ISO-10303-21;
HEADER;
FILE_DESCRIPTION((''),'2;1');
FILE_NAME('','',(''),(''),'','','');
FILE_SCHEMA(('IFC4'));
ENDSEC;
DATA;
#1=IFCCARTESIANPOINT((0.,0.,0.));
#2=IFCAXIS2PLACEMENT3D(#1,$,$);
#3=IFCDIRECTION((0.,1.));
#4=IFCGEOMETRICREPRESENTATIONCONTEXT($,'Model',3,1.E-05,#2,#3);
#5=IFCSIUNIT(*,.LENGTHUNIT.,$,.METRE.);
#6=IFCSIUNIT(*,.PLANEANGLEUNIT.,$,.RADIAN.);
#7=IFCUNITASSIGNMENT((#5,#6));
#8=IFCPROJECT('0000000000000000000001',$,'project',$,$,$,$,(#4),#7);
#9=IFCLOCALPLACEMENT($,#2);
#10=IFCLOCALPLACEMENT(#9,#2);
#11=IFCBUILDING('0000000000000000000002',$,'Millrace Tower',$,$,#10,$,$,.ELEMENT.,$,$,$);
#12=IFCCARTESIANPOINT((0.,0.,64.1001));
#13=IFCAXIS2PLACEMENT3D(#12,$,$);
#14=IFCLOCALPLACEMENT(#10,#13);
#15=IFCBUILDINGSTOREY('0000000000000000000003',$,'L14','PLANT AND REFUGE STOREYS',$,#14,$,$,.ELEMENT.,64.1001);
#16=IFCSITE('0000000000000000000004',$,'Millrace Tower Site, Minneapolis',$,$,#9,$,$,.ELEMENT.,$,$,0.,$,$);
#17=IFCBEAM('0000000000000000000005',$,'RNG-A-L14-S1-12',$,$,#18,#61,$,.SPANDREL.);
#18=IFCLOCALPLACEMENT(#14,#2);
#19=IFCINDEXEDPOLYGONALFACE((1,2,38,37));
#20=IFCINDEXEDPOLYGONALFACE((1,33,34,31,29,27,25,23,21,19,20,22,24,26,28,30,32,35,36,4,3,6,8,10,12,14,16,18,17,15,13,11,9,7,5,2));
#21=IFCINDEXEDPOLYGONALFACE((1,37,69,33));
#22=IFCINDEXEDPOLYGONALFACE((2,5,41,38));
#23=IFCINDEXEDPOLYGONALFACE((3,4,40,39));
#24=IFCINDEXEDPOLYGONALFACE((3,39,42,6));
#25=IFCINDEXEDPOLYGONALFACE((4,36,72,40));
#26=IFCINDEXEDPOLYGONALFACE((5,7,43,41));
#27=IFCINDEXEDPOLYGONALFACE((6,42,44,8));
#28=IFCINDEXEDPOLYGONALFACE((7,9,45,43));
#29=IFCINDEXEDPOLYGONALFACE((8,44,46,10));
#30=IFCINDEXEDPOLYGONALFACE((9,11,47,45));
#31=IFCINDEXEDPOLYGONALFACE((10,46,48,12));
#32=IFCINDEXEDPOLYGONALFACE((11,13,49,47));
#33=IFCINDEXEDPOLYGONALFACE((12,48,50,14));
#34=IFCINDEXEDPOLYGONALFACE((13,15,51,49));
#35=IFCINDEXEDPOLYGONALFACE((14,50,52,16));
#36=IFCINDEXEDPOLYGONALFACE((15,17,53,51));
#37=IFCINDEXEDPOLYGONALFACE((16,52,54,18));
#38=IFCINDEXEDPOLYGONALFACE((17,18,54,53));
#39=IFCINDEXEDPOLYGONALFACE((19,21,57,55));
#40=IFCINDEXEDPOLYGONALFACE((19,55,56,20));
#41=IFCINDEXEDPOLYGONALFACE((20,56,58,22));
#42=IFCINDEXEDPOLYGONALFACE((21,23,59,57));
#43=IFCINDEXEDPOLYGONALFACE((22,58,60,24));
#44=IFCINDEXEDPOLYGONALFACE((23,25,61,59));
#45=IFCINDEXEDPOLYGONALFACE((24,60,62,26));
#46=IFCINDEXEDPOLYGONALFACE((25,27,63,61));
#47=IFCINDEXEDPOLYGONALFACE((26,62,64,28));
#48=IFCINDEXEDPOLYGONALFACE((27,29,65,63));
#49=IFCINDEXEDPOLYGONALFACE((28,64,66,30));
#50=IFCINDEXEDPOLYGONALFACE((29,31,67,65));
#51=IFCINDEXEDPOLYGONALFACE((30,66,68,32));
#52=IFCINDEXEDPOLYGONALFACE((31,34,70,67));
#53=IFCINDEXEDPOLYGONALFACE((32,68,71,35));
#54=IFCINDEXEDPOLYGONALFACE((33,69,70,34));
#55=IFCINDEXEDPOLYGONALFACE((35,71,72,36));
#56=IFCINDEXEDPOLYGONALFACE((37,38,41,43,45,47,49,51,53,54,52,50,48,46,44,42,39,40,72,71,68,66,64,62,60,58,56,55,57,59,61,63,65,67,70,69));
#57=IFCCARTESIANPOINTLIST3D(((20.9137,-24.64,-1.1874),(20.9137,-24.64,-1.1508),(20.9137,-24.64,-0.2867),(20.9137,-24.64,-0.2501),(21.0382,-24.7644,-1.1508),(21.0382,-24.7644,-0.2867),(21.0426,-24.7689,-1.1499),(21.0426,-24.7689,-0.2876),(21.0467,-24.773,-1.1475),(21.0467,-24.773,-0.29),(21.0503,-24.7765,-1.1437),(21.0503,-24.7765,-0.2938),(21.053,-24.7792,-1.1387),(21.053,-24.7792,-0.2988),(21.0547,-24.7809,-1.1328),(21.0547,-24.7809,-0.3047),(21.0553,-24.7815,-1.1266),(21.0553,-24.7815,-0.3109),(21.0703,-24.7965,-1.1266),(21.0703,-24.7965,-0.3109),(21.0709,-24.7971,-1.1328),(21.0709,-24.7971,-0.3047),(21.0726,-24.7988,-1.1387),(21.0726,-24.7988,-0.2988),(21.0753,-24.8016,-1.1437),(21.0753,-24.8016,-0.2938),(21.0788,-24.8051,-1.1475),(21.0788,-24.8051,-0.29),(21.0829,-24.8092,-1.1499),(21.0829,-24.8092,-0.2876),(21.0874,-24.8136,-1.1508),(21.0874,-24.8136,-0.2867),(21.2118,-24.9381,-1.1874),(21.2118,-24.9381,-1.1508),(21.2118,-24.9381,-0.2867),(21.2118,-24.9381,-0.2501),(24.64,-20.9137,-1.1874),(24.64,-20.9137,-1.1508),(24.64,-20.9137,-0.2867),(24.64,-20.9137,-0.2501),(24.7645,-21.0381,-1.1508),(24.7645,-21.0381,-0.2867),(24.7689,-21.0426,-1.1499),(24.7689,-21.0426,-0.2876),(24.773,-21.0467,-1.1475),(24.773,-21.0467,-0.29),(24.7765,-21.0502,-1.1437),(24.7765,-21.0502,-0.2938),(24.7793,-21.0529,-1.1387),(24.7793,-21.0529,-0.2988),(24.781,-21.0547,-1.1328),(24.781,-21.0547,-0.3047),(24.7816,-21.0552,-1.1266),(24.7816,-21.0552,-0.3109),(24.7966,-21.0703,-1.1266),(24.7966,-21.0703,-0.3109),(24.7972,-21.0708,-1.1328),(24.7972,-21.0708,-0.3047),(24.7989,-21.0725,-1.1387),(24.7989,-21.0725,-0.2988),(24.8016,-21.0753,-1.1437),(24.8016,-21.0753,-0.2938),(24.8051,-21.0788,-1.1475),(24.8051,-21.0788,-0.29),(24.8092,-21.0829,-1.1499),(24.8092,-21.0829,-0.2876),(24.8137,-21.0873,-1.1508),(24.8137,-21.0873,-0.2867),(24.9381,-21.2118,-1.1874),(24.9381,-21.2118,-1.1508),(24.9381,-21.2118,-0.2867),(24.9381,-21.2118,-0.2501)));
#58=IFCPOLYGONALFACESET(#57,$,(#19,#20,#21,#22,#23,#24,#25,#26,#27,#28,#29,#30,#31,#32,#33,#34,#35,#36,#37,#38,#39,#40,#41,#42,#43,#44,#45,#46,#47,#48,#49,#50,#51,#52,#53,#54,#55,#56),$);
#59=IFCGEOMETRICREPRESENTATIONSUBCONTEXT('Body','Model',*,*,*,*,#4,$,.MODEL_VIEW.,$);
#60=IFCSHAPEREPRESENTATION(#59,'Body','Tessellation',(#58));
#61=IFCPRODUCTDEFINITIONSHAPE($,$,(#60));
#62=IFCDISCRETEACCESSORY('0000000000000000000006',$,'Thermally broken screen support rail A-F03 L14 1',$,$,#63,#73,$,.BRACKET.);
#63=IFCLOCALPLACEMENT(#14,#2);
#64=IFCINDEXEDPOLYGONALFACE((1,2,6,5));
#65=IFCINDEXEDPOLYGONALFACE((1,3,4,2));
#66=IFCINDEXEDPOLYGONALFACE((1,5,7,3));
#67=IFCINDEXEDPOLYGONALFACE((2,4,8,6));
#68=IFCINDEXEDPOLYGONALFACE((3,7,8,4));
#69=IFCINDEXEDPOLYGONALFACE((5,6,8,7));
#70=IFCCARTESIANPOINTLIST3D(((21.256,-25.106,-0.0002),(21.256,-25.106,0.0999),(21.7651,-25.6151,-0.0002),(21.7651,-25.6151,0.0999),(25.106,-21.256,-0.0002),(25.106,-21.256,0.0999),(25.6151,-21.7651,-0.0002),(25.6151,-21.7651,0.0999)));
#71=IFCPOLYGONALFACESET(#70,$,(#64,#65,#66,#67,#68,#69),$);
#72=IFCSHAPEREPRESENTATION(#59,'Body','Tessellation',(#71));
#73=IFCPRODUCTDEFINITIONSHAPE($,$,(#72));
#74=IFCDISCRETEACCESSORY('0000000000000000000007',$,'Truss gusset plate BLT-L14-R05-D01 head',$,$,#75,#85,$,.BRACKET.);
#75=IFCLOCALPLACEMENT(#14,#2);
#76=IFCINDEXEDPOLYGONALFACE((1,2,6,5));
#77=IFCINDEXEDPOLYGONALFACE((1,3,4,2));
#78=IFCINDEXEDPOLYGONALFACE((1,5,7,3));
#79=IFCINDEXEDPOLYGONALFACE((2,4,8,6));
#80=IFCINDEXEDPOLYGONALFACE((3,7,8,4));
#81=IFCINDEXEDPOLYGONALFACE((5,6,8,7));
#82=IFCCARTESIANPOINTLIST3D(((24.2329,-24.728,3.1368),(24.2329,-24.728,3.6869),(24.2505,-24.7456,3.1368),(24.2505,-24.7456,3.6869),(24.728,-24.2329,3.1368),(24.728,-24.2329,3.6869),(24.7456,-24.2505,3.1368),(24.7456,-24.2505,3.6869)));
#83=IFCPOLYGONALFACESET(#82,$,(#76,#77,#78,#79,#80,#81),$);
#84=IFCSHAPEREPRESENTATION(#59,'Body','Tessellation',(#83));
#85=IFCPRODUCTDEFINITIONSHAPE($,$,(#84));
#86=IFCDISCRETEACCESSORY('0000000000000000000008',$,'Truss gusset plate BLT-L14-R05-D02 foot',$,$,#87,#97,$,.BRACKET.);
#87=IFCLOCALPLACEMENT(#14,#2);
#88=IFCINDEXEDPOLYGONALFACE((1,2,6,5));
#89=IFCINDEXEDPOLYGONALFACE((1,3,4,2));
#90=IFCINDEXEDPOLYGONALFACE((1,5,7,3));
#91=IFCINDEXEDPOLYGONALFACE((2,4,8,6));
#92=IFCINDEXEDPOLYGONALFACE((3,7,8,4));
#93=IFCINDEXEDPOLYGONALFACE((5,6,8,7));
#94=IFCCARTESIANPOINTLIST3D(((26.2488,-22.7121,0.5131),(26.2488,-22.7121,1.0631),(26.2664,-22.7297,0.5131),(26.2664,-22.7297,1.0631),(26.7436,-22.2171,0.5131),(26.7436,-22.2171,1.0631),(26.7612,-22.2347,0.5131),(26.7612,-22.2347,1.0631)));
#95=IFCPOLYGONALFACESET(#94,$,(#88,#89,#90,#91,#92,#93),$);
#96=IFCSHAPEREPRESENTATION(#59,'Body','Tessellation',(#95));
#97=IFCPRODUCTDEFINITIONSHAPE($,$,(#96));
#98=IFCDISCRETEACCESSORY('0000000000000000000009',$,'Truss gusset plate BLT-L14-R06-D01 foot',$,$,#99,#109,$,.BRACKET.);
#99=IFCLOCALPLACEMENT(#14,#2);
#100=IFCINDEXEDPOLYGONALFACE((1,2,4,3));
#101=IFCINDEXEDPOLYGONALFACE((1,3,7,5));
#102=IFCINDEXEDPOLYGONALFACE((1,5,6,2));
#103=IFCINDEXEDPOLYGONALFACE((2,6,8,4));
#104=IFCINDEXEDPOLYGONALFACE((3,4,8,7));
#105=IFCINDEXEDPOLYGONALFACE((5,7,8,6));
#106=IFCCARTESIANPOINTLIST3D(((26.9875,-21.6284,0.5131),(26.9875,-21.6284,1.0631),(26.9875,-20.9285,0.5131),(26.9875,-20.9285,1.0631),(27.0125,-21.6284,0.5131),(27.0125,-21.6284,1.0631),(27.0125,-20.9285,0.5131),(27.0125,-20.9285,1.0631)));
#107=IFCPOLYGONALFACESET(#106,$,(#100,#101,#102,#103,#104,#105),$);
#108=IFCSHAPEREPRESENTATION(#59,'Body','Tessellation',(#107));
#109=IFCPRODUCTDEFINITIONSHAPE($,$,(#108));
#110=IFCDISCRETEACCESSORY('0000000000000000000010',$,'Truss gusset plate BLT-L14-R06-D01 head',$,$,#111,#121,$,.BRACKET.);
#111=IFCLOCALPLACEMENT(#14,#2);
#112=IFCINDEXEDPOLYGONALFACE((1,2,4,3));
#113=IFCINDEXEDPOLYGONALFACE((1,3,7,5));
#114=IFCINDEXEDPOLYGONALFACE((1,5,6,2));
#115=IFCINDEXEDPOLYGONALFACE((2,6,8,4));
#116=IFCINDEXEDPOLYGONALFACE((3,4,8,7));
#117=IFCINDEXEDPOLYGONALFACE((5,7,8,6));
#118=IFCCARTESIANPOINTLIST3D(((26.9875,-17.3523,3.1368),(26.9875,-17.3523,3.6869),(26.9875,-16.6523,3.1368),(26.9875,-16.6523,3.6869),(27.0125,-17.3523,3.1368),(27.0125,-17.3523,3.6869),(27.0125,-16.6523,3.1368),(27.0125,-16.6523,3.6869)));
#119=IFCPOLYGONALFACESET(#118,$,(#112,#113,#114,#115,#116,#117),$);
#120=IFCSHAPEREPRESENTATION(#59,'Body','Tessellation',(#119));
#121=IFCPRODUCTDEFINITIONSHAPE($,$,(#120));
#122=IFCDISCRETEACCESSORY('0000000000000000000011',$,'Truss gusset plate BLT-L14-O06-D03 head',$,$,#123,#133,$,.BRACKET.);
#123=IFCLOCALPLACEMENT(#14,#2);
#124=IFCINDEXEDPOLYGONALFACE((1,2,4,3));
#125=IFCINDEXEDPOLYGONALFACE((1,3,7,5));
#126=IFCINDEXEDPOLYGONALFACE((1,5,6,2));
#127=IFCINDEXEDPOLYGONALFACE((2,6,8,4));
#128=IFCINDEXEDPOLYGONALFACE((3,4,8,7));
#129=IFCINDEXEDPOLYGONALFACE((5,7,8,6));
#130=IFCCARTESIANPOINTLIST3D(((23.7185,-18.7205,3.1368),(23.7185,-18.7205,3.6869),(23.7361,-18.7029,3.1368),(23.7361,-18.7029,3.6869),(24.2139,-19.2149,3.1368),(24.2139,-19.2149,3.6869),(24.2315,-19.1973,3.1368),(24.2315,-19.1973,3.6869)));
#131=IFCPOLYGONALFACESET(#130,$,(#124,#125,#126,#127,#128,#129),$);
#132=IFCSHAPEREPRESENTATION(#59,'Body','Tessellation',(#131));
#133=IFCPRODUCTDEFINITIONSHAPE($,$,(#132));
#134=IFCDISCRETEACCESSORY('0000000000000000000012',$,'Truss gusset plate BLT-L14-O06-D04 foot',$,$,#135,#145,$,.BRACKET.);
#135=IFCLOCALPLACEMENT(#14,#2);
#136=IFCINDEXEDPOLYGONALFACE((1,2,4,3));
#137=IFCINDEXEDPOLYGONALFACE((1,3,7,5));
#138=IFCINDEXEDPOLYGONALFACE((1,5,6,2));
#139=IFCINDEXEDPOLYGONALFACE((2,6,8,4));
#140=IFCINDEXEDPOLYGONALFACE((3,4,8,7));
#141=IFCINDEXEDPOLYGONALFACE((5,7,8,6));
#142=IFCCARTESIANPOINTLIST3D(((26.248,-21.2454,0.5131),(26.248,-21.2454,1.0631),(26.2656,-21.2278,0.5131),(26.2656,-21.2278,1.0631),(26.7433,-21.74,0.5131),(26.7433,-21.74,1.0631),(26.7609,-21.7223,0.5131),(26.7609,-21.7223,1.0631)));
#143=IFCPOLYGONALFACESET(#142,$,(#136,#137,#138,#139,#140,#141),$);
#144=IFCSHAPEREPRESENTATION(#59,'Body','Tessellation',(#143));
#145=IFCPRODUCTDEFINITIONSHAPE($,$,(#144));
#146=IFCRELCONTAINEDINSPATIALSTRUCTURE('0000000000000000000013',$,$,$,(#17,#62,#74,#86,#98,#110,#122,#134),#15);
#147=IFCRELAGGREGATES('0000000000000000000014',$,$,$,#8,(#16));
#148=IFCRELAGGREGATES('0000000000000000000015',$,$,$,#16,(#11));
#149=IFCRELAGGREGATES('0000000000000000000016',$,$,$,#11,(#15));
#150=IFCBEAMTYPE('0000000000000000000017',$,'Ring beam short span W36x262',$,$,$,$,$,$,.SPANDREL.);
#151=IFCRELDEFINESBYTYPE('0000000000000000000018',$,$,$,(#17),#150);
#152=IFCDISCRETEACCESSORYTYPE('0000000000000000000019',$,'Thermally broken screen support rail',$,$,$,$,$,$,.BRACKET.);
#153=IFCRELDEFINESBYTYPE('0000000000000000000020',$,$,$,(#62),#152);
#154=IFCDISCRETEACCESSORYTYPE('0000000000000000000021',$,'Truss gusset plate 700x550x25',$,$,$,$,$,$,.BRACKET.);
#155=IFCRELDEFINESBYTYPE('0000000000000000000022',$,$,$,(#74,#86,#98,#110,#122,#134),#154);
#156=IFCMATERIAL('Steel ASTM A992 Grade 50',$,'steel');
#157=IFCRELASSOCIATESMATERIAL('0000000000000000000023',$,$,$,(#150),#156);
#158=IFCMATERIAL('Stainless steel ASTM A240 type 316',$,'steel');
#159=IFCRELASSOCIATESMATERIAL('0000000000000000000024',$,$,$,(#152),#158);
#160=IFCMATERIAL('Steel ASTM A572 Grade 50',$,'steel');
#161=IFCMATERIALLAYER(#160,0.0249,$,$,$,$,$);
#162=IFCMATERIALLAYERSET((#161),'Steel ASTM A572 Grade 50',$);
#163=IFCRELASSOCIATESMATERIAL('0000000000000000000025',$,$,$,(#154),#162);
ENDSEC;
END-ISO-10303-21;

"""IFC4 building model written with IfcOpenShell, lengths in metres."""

from ifc_helpers import new_model, si_unit, direction, frame, origin, origin_2d, place, context, subcontext, project, spatial, rectangle, i_section, extrude, material, layer, layer_set, material_profile, profile_set, type_object, element, save


model = new_model("IFC4")

# Units and contexts
model_context = context("Model", 3, precision=1e-05, world=origin(), true_north=direction((0.0, 1.0)))
body_context = subcontext(model_context, "Body", "Model", "MODEL_VIEW")
ifc_project = project(units=[si_unit("LENGTHUNIT", "METRE"), si_unit("PLANEANGLEUNIT", "RADIAN")], contexts=[model_context])

# Site, building, storey
site_placement = place(None, origin())
site = spatial("IfcSite", under=ifc_project, at=site_placement, Name="Millrace Tower Site, Minneapolis", CompositionType="ELEMENT", RefElevation=0.0)
building_placement = place(site_placement, origin())
building = spatial("IfcBuilding", under=site, at=building_placement, Name="Millrace Tower", CompositionType="ELEMENT")
storey_placement = place(building_placement, frame((0.0, 0.0, 64.1001)))
storey = spatial("IfcBuildingStorey", under=building, at=storey_placement, Name="L14", Description="PLANT AND REFUGE STOREYS", CompositionType="ELEMENT", Elevation=64.1001)

# Beam
ifc_material_1 = material(Name="Steel ASTM A992 Grade 50", Category="steel")
ifc_material_profile_1 = material_profile(ifc_material_1, i_section(OverallWidth=0.4216, OverallDepth=0.9373, WebThickness=0.0212, FlangeThickness=0.0366, FilletRadius=0.0242, at=origin_2d()))
ifc_profile_set_1 = profile_set([ifc_material_profile_1], Name="Steel ASTM A992 Grade 50")
beam_type_1 = type_object("IfcBeamType", Name="Ring beam short span W36x262", PredefinedType="SPANDREL", material=ifc_profile_set_1)
beam_1_placement = place(storey_placement, frame((24.7891, -21.0627, -0.7188), z_axis=(-0.707107, -0.707107, 0.0), x_axis=(0.707107, -0.707107, 0.0)))
element("IfcBeam", 1, at=beam_1_placement, inside=storey, type_object=beam_type_1, Name="RNG-A-L14-S1-12", PredefinedType="SPANDREL", context=body_context, shape_type="SweptSolid", body=[
    extrude(i_section(OverallWidth=0.4216, OverallDepth=0.9373, WebThickness=0.0212, FlangeThickness=0.0366, FilletRadius=0.0242, at=origin_2d()), origin(), (0.0, 0.0, 1.0), 5.2698),
])

# Discrete accessories
ifc_material_2 = material(Name="Stainless steel ASTM A240 type 316", Category="steel")
discrete_accessory_type_1 = type_object("IfcDiscreteAccessoryType", Name="Thermally broken screen support rail", PredefinedType="BRACKET", material=ifc_material_2)
discrete_accessory_1_placement = place(storey_placement, frame((23.4355, -23.4355, -0.0002), z_axis=(0.0, 0.0, 1.0), x_axis=(0.707107, 0.707107, 0.0)))
element("IfcDiscreteAccessory", 2, at=discrete_accessory_1_placement, inside=storey, type_object=discrete_accessory_type_1, Name="Thermally broken screen support rail A-F03 L14 1", PredefinedType="BRACKET", context=body_context, shape_type="SweptSolid", body=[
    extrude(rectangle(XDim=5.4448, YDim=0.72, at=origin_2d()), origin(), (0.0, 0.0, 1.0), 0.1001),
])
ifc_material_3 = material(Name="Steel ASTM A572 Grade 50", Category="steel")
ifc_layer_1 = layer(ifc_material_3, 0.0249)
ifc_layer_set_1 = layer_set([ifc_layer_1], Name="Steel ASTM A572 Grade 50")
discrete_accessory_type_2 = type_object("IfcDiscreteAccessoryType", Name="Truss gusset plate 700x550x25", PredefinedType="BRACKET", material=ifc_layer_set_1)
discrete_accessory_2_placement = place(storey_placement, frame((24.2417, -24.7368, 3.4119), z_axis=(0.707107, 0.707107, 0.0), x_axis=(-0.707107, 0.707107, 0.0)))
element("IfcDiscreteAccessory", 3, at=discrete_accessory_2_placement, inside=storey, type_object=discrete_accessory_type_2, Name="Truss gusset plate BLT-L14-R05-D01 head", PredefinedType="BRACKET", context=body_context, shape_type="SweptSolid", body=[
    extrude(rectangle(XDim=0.0249, YDim=0.55, at=origin_2d()), origin(), (0.0, 0.0, 1.0), 0.7002),
])
for number, where, z_axis, x_axis, name in (
    (4, (26.2576, -22.7209, 0.7881), (0.706932, 0.707281, 0.0), (-0.707281, 0.706932, 0.0), "Truss gusset plate BLT-L14-R05-D02 foot"),
    (5, (27.0, -21.6284, 0.7881), (0.0, 1.0, 0.0), (-1.0, 0.0, 0.0), "Truss gusset plate BLT-L14-R06-D01 foot"),
    (6, (27.0, -17.3523, 3.4119), (0.0, 1.0, 0.0), (-1.0, 0.0, 0.0), "Truss gusset plate BLT-L14-R06-D01 head"),
    (7, (23.7273, -18.7117, 3.4119), (0.707804, -0.706409, 0.0), (0.706409, 0.707804, 0.0), "Truss gusset plate BLT-L14-O06-D03 head"),
    (8, (26.2568, -21.2366, 0.7881), (0.70763, -0.706583, 0.0), (0.706583, 0.70763, 0.0), "Truss gusset plate BLT-L14-O06-D04 foot"),
):
    element("IfcDiscreteAccessory", number, at=place(storey_placement, frame(where, z_axis=z_axis, x_axis=x_axis)), inside=storey, type_object=discrete_accessory_type_2, Name=name, PredefinedType="BRACKET", context=body_context, shape_type="SweptSolid", body=[
        extrude(rectangle(XDim=0.0249, YDim=0.55, at=origin_2d()), origin(), (0.0, 0.0, 1.0), 0.7),
    ])

save(model, "model.ifc")
